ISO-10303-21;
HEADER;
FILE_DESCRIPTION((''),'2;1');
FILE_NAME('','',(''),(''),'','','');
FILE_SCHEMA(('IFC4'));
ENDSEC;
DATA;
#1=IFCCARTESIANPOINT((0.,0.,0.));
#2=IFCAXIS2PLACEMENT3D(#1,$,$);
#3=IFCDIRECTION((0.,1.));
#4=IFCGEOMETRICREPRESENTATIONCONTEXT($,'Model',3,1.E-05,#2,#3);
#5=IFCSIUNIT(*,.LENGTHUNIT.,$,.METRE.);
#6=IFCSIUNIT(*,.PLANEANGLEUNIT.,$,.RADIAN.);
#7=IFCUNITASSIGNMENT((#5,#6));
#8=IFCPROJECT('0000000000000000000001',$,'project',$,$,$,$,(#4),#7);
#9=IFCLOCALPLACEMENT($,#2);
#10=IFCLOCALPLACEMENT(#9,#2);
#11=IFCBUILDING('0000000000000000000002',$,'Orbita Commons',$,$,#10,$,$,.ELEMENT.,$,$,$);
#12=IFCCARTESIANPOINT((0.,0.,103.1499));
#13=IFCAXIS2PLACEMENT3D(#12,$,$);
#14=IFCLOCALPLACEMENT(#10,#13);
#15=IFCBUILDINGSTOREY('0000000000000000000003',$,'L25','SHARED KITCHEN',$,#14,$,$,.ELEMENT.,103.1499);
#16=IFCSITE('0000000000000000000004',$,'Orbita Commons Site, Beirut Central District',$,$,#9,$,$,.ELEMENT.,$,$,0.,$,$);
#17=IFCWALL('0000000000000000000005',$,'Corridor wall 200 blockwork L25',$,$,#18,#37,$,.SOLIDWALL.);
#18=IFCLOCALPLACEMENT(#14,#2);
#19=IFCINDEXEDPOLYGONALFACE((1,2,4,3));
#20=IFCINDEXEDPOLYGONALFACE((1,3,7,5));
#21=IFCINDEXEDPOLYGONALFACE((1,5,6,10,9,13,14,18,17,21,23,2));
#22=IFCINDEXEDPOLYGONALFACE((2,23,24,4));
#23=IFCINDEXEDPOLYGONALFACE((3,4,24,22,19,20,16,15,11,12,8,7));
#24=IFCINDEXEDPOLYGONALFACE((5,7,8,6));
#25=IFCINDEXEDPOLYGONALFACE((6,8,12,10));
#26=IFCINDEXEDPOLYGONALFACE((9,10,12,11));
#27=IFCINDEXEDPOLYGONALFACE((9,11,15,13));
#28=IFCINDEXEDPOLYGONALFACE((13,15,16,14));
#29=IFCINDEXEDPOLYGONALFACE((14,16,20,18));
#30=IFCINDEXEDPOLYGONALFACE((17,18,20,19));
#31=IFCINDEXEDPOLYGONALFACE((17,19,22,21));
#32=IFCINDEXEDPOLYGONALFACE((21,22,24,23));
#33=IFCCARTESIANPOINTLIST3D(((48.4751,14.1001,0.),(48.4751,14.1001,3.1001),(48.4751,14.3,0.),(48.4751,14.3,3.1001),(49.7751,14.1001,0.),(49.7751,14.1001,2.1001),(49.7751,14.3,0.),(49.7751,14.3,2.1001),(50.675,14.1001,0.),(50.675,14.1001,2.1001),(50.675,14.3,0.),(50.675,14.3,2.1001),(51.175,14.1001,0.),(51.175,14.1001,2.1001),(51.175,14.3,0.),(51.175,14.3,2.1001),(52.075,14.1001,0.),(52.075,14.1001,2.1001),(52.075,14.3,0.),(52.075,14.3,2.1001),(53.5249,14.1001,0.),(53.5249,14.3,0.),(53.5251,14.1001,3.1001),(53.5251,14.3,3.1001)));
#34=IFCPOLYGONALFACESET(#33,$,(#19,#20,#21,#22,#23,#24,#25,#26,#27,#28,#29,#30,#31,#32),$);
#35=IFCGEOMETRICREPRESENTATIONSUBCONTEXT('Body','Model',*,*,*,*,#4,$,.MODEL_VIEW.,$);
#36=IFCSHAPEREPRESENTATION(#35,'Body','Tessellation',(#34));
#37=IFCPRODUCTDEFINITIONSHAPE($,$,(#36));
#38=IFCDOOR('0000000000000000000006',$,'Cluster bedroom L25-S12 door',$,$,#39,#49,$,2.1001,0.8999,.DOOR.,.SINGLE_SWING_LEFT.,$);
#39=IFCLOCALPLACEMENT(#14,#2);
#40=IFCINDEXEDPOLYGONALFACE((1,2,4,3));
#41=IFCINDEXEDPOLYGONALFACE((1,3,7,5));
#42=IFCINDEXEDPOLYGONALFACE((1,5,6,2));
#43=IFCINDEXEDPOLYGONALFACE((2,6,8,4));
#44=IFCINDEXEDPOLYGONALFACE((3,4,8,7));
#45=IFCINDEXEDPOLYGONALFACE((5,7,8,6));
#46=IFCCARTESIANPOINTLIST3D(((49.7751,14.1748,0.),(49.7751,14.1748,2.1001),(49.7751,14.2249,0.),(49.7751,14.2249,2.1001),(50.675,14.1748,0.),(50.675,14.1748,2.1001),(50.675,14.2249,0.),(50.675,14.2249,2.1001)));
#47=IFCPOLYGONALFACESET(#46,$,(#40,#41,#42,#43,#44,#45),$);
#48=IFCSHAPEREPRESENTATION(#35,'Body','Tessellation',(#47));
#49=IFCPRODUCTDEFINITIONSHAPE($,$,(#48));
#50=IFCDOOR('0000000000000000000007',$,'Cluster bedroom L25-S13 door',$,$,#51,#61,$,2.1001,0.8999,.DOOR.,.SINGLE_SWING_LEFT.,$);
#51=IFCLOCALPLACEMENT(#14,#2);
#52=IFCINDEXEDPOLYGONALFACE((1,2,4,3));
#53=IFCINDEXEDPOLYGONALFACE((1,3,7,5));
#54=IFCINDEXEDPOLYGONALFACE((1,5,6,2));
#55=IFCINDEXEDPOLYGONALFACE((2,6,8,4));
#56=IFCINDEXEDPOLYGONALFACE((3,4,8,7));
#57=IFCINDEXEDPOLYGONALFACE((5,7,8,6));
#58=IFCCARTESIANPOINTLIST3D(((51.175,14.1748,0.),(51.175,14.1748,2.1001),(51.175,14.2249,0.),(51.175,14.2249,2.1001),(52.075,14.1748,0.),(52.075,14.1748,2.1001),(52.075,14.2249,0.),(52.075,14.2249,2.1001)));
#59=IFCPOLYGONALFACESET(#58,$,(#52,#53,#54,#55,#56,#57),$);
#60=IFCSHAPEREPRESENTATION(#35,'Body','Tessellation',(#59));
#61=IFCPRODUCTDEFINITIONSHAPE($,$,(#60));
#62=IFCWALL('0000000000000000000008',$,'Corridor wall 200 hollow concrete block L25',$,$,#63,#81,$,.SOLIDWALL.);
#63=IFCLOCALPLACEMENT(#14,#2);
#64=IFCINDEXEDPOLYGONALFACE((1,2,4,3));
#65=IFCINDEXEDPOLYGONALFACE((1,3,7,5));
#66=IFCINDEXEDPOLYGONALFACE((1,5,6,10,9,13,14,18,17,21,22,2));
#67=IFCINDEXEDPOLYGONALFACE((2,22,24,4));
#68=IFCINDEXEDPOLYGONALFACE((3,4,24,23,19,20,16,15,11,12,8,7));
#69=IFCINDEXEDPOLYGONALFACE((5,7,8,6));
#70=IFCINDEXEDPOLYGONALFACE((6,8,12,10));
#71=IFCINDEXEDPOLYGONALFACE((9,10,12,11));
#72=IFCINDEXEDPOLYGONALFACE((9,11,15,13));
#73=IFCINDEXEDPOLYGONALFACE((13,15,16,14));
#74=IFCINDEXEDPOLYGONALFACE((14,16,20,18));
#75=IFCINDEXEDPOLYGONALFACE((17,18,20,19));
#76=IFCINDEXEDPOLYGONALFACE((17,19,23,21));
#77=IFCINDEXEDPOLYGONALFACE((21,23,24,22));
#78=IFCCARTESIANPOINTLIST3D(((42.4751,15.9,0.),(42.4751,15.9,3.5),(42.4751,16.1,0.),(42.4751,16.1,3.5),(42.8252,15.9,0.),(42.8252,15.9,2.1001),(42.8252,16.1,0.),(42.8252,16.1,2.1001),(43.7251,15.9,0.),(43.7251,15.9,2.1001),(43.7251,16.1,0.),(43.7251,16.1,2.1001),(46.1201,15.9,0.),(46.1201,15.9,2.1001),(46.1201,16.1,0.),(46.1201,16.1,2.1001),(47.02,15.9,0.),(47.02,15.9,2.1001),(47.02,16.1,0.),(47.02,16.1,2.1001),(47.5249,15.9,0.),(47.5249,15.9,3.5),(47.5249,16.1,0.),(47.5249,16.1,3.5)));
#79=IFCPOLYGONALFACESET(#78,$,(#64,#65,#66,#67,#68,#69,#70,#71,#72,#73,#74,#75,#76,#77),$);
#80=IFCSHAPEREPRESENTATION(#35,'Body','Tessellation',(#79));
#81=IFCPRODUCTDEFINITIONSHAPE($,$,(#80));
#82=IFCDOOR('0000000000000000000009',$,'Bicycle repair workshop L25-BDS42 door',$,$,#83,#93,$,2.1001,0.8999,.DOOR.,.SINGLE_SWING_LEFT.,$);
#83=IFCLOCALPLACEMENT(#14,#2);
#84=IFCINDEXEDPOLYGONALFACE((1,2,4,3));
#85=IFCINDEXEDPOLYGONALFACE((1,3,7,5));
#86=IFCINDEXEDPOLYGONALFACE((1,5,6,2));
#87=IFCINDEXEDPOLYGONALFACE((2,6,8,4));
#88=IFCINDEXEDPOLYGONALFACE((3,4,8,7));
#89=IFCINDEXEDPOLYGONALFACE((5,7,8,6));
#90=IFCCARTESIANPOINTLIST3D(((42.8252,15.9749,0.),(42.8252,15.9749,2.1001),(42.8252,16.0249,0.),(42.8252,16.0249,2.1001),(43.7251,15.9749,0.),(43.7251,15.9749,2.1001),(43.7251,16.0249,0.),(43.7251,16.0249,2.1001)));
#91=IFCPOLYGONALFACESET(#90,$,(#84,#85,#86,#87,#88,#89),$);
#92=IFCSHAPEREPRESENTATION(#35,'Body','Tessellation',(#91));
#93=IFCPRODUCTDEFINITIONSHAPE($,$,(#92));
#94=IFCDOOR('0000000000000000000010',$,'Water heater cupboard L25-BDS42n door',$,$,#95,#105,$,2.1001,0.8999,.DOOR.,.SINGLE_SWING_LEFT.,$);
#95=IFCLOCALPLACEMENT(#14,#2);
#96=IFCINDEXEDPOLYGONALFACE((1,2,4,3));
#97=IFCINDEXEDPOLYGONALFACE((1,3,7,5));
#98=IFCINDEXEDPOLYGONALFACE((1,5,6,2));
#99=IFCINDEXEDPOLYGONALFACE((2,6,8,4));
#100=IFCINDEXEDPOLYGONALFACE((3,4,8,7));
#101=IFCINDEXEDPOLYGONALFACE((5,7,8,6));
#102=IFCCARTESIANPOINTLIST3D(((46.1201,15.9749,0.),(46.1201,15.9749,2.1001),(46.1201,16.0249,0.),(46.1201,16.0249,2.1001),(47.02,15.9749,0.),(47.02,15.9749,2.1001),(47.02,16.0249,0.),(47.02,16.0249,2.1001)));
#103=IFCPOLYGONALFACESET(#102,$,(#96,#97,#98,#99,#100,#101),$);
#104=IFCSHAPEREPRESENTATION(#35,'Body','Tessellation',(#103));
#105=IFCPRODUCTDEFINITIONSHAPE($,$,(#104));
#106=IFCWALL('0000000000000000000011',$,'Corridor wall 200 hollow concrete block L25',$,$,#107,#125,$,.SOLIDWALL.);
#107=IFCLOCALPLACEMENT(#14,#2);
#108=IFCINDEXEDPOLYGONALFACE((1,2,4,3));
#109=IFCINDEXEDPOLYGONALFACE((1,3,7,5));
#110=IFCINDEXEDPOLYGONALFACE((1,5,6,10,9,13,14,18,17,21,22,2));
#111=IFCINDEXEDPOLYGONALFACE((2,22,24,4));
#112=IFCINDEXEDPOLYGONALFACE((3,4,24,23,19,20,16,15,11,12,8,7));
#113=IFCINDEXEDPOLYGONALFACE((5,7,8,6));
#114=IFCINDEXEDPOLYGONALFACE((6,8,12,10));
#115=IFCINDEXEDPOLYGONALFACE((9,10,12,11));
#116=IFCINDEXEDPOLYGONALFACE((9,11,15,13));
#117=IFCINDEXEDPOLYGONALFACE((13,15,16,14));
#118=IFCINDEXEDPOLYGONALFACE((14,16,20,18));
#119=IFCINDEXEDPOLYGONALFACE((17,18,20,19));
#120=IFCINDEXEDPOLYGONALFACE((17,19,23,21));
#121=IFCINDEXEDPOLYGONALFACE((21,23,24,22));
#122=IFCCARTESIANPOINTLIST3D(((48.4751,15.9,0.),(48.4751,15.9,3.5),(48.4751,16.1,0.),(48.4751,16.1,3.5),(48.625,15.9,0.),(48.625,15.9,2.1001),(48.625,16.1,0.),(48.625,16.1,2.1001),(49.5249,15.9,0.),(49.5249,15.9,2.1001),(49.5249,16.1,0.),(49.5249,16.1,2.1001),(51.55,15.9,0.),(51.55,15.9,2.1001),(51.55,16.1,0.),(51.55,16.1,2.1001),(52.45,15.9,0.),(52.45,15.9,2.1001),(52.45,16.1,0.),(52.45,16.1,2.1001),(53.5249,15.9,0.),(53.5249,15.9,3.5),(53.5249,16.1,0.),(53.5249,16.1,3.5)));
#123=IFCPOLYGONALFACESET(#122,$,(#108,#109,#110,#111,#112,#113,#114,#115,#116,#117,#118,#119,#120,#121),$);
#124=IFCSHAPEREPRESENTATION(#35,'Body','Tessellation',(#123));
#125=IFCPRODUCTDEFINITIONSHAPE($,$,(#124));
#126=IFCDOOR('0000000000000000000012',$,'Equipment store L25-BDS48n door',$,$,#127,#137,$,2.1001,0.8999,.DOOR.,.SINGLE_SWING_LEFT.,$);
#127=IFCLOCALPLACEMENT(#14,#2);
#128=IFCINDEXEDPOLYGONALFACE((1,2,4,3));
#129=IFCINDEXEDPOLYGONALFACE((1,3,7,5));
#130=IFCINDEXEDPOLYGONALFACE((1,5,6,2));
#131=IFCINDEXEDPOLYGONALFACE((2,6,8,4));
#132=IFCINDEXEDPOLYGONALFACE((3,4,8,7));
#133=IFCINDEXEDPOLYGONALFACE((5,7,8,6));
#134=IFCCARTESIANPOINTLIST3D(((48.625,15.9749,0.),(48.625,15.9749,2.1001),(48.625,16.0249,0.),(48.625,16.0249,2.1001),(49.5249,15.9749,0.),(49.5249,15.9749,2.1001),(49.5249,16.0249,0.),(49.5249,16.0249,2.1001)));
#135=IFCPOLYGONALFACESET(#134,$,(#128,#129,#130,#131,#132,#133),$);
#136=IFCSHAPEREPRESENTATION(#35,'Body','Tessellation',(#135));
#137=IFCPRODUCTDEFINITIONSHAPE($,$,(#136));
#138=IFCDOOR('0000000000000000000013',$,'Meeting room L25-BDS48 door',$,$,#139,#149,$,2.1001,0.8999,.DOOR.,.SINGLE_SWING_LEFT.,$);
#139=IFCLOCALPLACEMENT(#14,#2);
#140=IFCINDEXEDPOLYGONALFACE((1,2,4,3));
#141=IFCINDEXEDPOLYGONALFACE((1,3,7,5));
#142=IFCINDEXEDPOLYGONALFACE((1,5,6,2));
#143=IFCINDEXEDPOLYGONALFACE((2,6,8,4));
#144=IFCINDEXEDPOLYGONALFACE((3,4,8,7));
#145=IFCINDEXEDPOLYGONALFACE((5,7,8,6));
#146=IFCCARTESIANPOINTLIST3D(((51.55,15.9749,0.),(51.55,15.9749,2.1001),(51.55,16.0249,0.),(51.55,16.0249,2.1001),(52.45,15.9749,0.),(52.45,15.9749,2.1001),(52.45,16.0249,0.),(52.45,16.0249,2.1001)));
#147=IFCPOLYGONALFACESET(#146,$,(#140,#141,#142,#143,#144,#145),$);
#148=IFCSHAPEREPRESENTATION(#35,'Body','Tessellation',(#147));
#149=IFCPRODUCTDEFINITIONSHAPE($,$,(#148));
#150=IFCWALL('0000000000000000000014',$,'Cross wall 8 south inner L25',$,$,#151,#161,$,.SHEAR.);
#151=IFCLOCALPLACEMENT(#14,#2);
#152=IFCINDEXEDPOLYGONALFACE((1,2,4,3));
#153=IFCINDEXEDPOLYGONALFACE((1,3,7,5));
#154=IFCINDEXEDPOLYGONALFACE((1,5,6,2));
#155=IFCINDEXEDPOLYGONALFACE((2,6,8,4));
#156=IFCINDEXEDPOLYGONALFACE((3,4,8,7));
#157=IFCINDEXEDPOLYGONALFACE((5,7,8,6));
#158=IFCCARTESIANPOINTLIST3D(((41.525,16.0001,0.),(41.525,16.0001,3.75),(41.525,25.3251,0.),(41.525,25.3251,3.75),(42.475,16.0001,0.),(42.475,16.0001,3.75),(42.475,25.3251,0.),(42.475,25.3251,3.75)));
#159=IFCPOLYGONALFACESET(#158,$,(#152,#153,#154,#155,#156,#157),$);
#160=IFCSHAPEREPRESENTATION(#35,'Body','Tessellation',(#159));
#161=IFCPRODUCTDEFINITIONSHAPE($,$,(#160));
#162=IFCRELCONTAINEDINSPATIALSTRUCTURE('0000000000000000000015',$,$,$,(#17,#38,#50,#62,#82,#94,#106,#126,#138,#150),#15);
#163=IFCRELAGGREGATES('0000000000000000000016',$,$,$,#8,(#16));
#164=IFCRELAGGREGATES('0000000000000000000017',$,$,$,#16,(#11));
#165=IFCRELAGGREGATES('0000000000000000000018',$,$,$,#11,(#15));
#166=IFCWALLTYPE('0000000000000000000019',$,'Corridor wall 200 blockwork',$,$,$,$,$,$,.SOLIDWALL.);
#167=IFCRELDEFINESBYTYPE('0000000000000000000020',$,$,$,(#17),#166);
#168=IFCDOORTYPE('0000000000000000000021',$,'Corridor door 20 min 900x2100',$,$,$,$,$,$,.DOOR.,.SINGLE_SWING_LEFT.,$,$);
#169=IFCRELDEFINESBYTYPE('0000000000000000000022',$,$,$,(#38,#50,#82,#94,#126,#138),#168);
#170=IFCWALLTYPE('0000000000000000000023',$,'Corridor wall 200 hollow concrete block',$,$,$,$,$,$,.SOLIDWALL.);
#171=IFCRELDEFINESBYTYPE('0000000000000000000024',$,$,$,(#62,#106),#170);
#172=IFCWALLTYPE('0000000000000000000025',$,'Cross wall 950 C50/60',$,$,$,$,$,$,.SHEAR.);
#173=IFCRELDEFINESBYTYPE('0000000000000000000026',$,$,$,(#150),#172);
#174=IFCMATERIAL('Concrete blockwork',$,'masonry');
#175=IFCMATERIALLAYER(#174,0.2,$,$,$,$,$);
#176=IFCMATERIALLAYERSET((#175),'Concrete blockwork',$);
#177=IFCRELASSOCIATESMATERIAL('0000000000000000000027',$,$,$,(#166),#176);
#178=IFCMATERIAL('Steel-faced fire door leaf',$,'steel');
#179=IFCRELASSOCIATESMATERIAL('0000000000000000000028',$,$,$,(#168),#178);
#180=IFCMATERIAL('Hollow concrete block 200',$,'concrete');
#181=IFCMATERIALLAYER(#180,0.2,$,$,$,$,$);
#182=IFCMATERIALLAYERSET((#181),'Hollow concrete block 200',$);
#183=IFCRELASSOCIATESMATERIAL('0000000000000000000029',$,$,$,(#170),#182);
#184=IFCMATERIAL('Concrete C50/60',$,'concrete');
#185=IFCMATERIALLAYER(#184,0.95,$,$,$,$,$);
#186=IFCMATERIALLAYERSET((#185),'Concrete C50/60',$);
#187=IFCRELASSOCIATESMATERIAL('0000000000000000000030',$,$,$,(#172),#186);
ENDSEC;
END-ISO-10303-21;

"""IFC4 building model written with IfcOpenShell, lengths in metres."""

from ifc_helpers import new_model, si_unit, direction, frame, frame_2d, origin, place, context, subcontext, project, spatial, polyline, rectangle, outline, extrude, material, layer, layer_set, type_object, element, fill, save


model = new_model("IFC4")

# Units and contexts
model_context = context("Model", 3, precision=1e-05, world=origin(), true_north=direction((0.0, 1.0)))
body_context = subcontext(model_context, "Body", "Model", "MODEL_VIEW")
ifc_project = project(units=[si_unit("LENGTHUNIT", "METRE"), si_unit("PLANEANGLEUNIT", "RADIAN")], contexts=[model_context])

# Site, building, storey
site_placement = place(None, origin())
site = spatial("IfcSite", under=ifc_project, at=site_placement, Name="Orbita Commons Site, Beirut Central District", CompositionType="ELEMENT", RefElevation=0.0)
building_placement = place(site_placement, origin())
building = spatial("IfcBuilding", under=site, at=building_placement, Name="Orbita Commons", CompositionType="ELEMENT")
storey_placement = place(building_placement, frame((0.0, 0.0, 103.1499)))
storey = spatial("IfcBuildingStorey", under=building, at=storey_placement, Name="L25", Description="SHARED KITCHEN", CompositionType="ELEMENT", Elevation=103.1499)

# Walls, openings, doors
ifc_material_1 = material(Name="Concrete blockwork", Category="masonry")
ifc_layer_1 = layer(ifc_material_1, 0.2)
ifc_layer_set_1 = layer_set([ifc_layer_1], Name="Concrete blockwork")
wall_type_1 = type_object("IfcWallType", Name="Corridor wall 200 blockwork", PredefinedType="SOLIDWALL", material=ifc_layer_set_1)
ifc_material_2 = material(Name="Steel-faced fire door leaf", Category="steel")
door_type = type_object("IfcDoorType", Name="Corridor door 20 min 900x2100", OperationType="SINGLE_SWING_LEFT", PredefinedType="DOOR", material=ifc_material_2)
wall_1_placement = place(storey_placement, frame((48.4751, 14.2, 0.0), z_axis=(0.0, 0.0, 1.0), x_axis=(1.0, 0.0, 0.0)))
wall_1 = element("IfcWall", 1, at=wall_1_placement, inside=storey, type_object=wall_type_1, Name="Corridor wall 200 blockwork L25", PredefinedType="SOLIDWALL", context=body_context, shape_type="SweptSolid", body=[
    extrude(outline(polyline([(0.0, 0.0), (5.0498, 0.0), (5.05, 3.1001), (0.0, 3.1001), (0.0, 0.0)])), frame((0.0, 0.1001, 0.0), z_axis=(0.0, -1.0, 0.0), x_axis=(1.0, 0.0, 0.0)), (0.0, 0.0, 1.0), 0.2),
])
opening_1_placement = place(wall_1_placement, frame((1.3, 0.0, 0.0)))
opening_1 = element("IfcOpeningElement", 2, at=opening_1_placement, cuts=wall_1, PredefinedType="OPENING", context=body_context, shape_type="SweptSolid", body=[
    extrude(rectangle(XDim=0.8999, YDim=2.1001, at=frame_2d((0.45, 1.05))), frame((0.0, 0.1099, 0.0), z_axis=(0.0, -1.0, 0.0), x_axis=(1.0, 0.0, 0.0)), (0.0, 0.0, 1.0), 0.22),
])
opening_2_placement = place(wall_1_placement, frame((2.7, 0.0, 0.0)))
opening_2 = element("IfcOpeningElement", 3, at=opening_2_placement, cuts=wall_1, PredefinedType="OPENING", context=body_context, shape_type="SweptSolid", body=[
    extrude(rectangle(XDim=0.8999, YDim=2.1001, at=frame_2d((0.45, 1.05))), frame((0.0, 0.1099, 0.0), z_axis=(0.0, -1.0, 0.0), x_axis=(1.0, 0.0, 0.0)), (0.0, 0.0, 1.0), 0.22),
])
door_1_placement = place(opening_1_placement, origin())
door_1 = element("IfcDoor", 4, at=door_1_placement, inside=storey, type_object=door_type, Name="Cluster bedroom L25-S12 door", OperationType="SINGLE_SWING_LEFT", OverallHeight=2.1001, OverallWidth=0.8999, PredefinedType="DOOR", context=body_context, shape_type="SweptSolid", body=[
    extrude(rectangle(XDim=0.8999, YDim=2.1001, at=frame_2d((0.45, 1.05))), frame((0.0, 0.0249, 0.0), z_axis=(0.0, -1.0, 0.0), x_axis=(1.0, 0.0, 0.0)), (0.0, 0.0, 1.0), 0.05),
])
fill(opening_1, door_1)
door_2_placement = place(opening_2_placement, origin())
door_2 = element("IfcDoor", 5, at=door_2_placement, inside=storey, type_object=door_type, Name="Cluster bedroom L25-S13 door", OperationType="SINGLE_SWING_LEFT", OverallHeight=2.1001, OverallWidth=0.8999, PredefinedType="DOOR", context=body_context, shape_type="SweptSolid", body=[
    extrude(rectangle(XDim=0.8999, YDim=2.1001, at=frame_2d((0.45, 1.05))), frame((0.0, 0.0249, 0.0), z_axis=(0.0, -1.0, 0.0), x_axis=(1.0, 0.0, 0.0)), (0.0, 0.0, 1.0), 0.05),
])
fill(opening_2, door_2)
ifc_material_3 = material(Name="Hollow concrete block 200", Category="concrete")
ifc_layer_2 = layer(ifc_material_3, 0.2)
ifc_layer_set_2 = layer_set([ifc_layer_2], Name="Hollow concrete block 200")
wall_type_2 = type_object("IfcWallType", Name="Corridor wall 200 hollow concrete block", PredefinedType="SOLIDWALL", material=ifc_layer_set_2)
wall_2_placement = place(storey_placement, frame((42.4751, 16.0, 0.0), z_axis=(0.0, 0.0, 1.0), x_axis=(1.0, 0.0, 0.0)))
wall_2 = element("IfcWall", 6, at=wall_2_placement, inside=storey, type_object=wall_type_2, Name="Corridor wall 200 hollow concrete block L25", PredefinedType="SOLIDWALL", context=body_context, shape_type="SweptSolid", body=[
    extrude(rectangle(XDim=5.0498, YDim=0.2, at=frame_2d((2.5249, 0.0))), origin(), (0.0, 0.0, 1.0), 3.5),
])
opening_3_placement = place(wall_2_placement, frame((0.3501, 0.0, 0.0)))
opening_3 = element("IfcOpeningElement", 7, at=opening_3_placement, cuts=wall_2, PredefinedType="OPENING", context=body_context, shape_type="SweptSolid", body=[
    extrude(rectangle(XDim=0.8999, YDim=2.1001, at=frame_2d((0.45, 1.05))), frame((0.0, 0.1099, 0.0), z_axis=(0.0, -1.0, 0.0), x_axis=(1.0, 0.0, 0.0)), (0.0, 0.0, 1.0), 0.22),
])
opening_4_placement = place(wall_2_placement, frame((3.645, 0.0, 0.0)))
opening_4 = element("IfcOpeningElement", 8, at=opening_4_placement, cuts=wall_2, PredefinedType="OPENING", context=body_context, shape_type="SweptSolid", body=[
    extrude(rectangle(XDim=0.8999, YDim=2.1001, at=frame_2d((0.45, 1.05))), frame((0.0, 0.1099, 0.0), z_axis=(0.0, -1.0, 0.0), x_axis=(1.0, 0.0, 0.0)), (0.0, 0.0, 1.0), 0.22),
])
door_3_placement = place(opening_3_placement, origin())
door_3 = element("IfcDoor", 9, at=door_3_placement, inside=storey, type_object=door_type, Name="Bicycle repair workshop L25-BDS42 door", OperationType="SINGLE_SWING_LEFT", OverallHeight=2.1001, OverallWidth=0.8999, PredefinedType="DOOR", context=body_context, shape_type="SweptSolid", body=[
    extrude(rectangle(XDim=0.8999, YDim=2.1001, at=frame_2d((0.45, 1.05))), frame((0.0, 0.0249, 0.0), z_axis=(0.0, -1.0, 0.0), x_axis=(1.0, 0.0, 0.0)), (0.0, 0.0, 1.0), 0.05),
])
fill(opening_3, door_3)
door_4_placement = place(opening_4_placement, origin())
door_4 = element("IfcDoor", 10, at=door_4_placement, inside=storey, type_object=door_type, Name="Water heater cupboard L25-BDS42n door", OperationType="SINGLE_SWING_LEFT", OverallHeight=2.1001, OverallWidth=0.8999, PredefinedType="DOOR", context=body_context, shape_type="SweptSolid", body=[
    extrude(rectangle(XDim=0.8999, YDim=2.1001, at=frame_2d((0.45, 1.05))), frame((0.0, 0.0249, 0.0), z_axis=(0.0, -1.0, 0.0), x_axis=(1.0, 0.0, 0.0)), (0.0, 0.0, 1.0), 0.05),
])
fill(opening_4, door_4)
wall_3_placement = place(storey_placement, frame((48.4751, 16.0, 0.0), z_axis=(0.0, 0.0, 1.0), x_axis=(1.0, 0.0, 0.0)))
wall_3 = element("IfcWall", 11, at=wall_3_placement, inside=storey, type_object=wall_type_2, Name="Corridor wall 200 hollow concrete block L25", PredefinedType="SOLIDWALL", context=body_context, shape_type="SweptSolid", body=[
    extrude(rectangle(XDim=5.0498, YDim=0.2, at=frame_2d((2.5249, 0.0))), origin(), (0.0, 0.0, 1.0), 3.5),
])
opening_5_placement = place(wall_3_placement, frame((0.1499, 0.0, 0.0)))
opening_5 = element("IfcOpeningElement", 12, at=opening_5_placement, cuts=wall_3, PredefinedType="OPENING", context=body_context, shape_type="SweptSolid", body=[
    extrude(rectangle(XDim=0.8999, YDim=2.1001, at=frame_2d((0.45, 1.05))), frame((0.0, 0.1099, 0.0), z_axis=(0.0, -1.0, 0.0), x_axis=(1.0, 0.0, 0.0)), (0.0, 0.0, 1.0), 0.22),
])
opening_6_placement = place(wall_3_placement, frame((3.075, 0.0, 0.0)))
opening_6 = element("IfcOpeningElement", 13, at=opening_6_placement, cuts=wall_3, PredefinedType="OPENING", context=body_context, shape_type="SweptSolid", body=[
    extrude(rectangle(XDim=0.8999, YDim=2.1001, at=frame_2d((0.45, 1.05))), frame((0.0, 0.1099, 0.0), z_axis=(0.0, -1.0, 0.0), x_axis=(1.0, 0.0, 0.0)), (0.0, 0.0, 1.0), 0.22),
])
door_5_placement = place(opening_5_placement, origin())
door_5 = element("IfcDoor", 14, at=door_5_placement, inside=storey, type_object=door_type, Name="Equipment store L25-BDS48n door", OperationType="SINGLE_SWING_LEFT", OverallHeight=2.1001, OverallWidth=0.8999, PredefinedType="DOOR", context=body_context, shape_type="SweptSolid", body=[
    extrude(rectangle(XDim=0.8999, YDim=2.1001, at=frame_2d((0.45, 1.05))), frame((0.0, 0.0249, 0.0), z_axis=(0.0, -1.0, 0.0), x_axis=(1.0, 0.0, 0.0)), (0.0, 0.0, 1.0), 0.05),
])
fill(opening_5, door_5)
door_6_placement = place(opening_6_placement, origin())
door_6 = element("IfcDoor", 15, at=door_6_placement, inside=storey, type_object=door_type, Name="Meeting room L25-BDS48 door", OperationType="SINGLE_SWING_LEFT", OverallHeight=2.1001, OverallWidth=0.8999, PredefinedType="DOOR", context=body_context, shape_type="SweptSolid", body=[
    extrude(rectangle(XDim=0.8999, YDim=2.1001, at=frame_2d((0.45, 1.05))), frame((0.0, 0.0249, 0.0), z_axis=(0.0, -1.0, 0.0), x_axis=(1.0, 0.0, 0.0)), (0.0, 0.0, 1.0), 0.05),
])
fill(opening_6, door_6)

# Wall
ifc_material_4 = material(Name="Concrete C50/60", Category="concrete")
ifc_layer_3 = layer(ifc_material_4, 0.95)
ifc_layer_set_3 = layer_set([ifc_layer_3], Name="Concrete C50/60")
wall_type_3 = type_object("IfcWallType", Name="Cross wall 950 C50/60", PredefinedType="SHEAR", material=ifc_layer_set_3)
for number, where, z_axis, x_axis, name in (
    (16, (42.0, 16.0, 0.0), (0.0, 0.0, 1.0), (0.0, 1.0, 0.0), "Cross wall 8 south inner L25"),
):
    element("IfcWall", number, at=place(storey_placement, frame(where, z_axis=z_axis, x_axis=x_axis)), inside=storey, type_object=wall_type_3, Name=name, PredefinedType="SHEAR", context=body_context, shape_type="SweptSolid", body=[
        extrude(rectangle(XDim=9.325, YDim=0.95, at=frame_2d((4.6626, 0.0))), origin(), (0.0, 0.0, 1.0), 3.75),
    ])

save(model, "model.ifc")
